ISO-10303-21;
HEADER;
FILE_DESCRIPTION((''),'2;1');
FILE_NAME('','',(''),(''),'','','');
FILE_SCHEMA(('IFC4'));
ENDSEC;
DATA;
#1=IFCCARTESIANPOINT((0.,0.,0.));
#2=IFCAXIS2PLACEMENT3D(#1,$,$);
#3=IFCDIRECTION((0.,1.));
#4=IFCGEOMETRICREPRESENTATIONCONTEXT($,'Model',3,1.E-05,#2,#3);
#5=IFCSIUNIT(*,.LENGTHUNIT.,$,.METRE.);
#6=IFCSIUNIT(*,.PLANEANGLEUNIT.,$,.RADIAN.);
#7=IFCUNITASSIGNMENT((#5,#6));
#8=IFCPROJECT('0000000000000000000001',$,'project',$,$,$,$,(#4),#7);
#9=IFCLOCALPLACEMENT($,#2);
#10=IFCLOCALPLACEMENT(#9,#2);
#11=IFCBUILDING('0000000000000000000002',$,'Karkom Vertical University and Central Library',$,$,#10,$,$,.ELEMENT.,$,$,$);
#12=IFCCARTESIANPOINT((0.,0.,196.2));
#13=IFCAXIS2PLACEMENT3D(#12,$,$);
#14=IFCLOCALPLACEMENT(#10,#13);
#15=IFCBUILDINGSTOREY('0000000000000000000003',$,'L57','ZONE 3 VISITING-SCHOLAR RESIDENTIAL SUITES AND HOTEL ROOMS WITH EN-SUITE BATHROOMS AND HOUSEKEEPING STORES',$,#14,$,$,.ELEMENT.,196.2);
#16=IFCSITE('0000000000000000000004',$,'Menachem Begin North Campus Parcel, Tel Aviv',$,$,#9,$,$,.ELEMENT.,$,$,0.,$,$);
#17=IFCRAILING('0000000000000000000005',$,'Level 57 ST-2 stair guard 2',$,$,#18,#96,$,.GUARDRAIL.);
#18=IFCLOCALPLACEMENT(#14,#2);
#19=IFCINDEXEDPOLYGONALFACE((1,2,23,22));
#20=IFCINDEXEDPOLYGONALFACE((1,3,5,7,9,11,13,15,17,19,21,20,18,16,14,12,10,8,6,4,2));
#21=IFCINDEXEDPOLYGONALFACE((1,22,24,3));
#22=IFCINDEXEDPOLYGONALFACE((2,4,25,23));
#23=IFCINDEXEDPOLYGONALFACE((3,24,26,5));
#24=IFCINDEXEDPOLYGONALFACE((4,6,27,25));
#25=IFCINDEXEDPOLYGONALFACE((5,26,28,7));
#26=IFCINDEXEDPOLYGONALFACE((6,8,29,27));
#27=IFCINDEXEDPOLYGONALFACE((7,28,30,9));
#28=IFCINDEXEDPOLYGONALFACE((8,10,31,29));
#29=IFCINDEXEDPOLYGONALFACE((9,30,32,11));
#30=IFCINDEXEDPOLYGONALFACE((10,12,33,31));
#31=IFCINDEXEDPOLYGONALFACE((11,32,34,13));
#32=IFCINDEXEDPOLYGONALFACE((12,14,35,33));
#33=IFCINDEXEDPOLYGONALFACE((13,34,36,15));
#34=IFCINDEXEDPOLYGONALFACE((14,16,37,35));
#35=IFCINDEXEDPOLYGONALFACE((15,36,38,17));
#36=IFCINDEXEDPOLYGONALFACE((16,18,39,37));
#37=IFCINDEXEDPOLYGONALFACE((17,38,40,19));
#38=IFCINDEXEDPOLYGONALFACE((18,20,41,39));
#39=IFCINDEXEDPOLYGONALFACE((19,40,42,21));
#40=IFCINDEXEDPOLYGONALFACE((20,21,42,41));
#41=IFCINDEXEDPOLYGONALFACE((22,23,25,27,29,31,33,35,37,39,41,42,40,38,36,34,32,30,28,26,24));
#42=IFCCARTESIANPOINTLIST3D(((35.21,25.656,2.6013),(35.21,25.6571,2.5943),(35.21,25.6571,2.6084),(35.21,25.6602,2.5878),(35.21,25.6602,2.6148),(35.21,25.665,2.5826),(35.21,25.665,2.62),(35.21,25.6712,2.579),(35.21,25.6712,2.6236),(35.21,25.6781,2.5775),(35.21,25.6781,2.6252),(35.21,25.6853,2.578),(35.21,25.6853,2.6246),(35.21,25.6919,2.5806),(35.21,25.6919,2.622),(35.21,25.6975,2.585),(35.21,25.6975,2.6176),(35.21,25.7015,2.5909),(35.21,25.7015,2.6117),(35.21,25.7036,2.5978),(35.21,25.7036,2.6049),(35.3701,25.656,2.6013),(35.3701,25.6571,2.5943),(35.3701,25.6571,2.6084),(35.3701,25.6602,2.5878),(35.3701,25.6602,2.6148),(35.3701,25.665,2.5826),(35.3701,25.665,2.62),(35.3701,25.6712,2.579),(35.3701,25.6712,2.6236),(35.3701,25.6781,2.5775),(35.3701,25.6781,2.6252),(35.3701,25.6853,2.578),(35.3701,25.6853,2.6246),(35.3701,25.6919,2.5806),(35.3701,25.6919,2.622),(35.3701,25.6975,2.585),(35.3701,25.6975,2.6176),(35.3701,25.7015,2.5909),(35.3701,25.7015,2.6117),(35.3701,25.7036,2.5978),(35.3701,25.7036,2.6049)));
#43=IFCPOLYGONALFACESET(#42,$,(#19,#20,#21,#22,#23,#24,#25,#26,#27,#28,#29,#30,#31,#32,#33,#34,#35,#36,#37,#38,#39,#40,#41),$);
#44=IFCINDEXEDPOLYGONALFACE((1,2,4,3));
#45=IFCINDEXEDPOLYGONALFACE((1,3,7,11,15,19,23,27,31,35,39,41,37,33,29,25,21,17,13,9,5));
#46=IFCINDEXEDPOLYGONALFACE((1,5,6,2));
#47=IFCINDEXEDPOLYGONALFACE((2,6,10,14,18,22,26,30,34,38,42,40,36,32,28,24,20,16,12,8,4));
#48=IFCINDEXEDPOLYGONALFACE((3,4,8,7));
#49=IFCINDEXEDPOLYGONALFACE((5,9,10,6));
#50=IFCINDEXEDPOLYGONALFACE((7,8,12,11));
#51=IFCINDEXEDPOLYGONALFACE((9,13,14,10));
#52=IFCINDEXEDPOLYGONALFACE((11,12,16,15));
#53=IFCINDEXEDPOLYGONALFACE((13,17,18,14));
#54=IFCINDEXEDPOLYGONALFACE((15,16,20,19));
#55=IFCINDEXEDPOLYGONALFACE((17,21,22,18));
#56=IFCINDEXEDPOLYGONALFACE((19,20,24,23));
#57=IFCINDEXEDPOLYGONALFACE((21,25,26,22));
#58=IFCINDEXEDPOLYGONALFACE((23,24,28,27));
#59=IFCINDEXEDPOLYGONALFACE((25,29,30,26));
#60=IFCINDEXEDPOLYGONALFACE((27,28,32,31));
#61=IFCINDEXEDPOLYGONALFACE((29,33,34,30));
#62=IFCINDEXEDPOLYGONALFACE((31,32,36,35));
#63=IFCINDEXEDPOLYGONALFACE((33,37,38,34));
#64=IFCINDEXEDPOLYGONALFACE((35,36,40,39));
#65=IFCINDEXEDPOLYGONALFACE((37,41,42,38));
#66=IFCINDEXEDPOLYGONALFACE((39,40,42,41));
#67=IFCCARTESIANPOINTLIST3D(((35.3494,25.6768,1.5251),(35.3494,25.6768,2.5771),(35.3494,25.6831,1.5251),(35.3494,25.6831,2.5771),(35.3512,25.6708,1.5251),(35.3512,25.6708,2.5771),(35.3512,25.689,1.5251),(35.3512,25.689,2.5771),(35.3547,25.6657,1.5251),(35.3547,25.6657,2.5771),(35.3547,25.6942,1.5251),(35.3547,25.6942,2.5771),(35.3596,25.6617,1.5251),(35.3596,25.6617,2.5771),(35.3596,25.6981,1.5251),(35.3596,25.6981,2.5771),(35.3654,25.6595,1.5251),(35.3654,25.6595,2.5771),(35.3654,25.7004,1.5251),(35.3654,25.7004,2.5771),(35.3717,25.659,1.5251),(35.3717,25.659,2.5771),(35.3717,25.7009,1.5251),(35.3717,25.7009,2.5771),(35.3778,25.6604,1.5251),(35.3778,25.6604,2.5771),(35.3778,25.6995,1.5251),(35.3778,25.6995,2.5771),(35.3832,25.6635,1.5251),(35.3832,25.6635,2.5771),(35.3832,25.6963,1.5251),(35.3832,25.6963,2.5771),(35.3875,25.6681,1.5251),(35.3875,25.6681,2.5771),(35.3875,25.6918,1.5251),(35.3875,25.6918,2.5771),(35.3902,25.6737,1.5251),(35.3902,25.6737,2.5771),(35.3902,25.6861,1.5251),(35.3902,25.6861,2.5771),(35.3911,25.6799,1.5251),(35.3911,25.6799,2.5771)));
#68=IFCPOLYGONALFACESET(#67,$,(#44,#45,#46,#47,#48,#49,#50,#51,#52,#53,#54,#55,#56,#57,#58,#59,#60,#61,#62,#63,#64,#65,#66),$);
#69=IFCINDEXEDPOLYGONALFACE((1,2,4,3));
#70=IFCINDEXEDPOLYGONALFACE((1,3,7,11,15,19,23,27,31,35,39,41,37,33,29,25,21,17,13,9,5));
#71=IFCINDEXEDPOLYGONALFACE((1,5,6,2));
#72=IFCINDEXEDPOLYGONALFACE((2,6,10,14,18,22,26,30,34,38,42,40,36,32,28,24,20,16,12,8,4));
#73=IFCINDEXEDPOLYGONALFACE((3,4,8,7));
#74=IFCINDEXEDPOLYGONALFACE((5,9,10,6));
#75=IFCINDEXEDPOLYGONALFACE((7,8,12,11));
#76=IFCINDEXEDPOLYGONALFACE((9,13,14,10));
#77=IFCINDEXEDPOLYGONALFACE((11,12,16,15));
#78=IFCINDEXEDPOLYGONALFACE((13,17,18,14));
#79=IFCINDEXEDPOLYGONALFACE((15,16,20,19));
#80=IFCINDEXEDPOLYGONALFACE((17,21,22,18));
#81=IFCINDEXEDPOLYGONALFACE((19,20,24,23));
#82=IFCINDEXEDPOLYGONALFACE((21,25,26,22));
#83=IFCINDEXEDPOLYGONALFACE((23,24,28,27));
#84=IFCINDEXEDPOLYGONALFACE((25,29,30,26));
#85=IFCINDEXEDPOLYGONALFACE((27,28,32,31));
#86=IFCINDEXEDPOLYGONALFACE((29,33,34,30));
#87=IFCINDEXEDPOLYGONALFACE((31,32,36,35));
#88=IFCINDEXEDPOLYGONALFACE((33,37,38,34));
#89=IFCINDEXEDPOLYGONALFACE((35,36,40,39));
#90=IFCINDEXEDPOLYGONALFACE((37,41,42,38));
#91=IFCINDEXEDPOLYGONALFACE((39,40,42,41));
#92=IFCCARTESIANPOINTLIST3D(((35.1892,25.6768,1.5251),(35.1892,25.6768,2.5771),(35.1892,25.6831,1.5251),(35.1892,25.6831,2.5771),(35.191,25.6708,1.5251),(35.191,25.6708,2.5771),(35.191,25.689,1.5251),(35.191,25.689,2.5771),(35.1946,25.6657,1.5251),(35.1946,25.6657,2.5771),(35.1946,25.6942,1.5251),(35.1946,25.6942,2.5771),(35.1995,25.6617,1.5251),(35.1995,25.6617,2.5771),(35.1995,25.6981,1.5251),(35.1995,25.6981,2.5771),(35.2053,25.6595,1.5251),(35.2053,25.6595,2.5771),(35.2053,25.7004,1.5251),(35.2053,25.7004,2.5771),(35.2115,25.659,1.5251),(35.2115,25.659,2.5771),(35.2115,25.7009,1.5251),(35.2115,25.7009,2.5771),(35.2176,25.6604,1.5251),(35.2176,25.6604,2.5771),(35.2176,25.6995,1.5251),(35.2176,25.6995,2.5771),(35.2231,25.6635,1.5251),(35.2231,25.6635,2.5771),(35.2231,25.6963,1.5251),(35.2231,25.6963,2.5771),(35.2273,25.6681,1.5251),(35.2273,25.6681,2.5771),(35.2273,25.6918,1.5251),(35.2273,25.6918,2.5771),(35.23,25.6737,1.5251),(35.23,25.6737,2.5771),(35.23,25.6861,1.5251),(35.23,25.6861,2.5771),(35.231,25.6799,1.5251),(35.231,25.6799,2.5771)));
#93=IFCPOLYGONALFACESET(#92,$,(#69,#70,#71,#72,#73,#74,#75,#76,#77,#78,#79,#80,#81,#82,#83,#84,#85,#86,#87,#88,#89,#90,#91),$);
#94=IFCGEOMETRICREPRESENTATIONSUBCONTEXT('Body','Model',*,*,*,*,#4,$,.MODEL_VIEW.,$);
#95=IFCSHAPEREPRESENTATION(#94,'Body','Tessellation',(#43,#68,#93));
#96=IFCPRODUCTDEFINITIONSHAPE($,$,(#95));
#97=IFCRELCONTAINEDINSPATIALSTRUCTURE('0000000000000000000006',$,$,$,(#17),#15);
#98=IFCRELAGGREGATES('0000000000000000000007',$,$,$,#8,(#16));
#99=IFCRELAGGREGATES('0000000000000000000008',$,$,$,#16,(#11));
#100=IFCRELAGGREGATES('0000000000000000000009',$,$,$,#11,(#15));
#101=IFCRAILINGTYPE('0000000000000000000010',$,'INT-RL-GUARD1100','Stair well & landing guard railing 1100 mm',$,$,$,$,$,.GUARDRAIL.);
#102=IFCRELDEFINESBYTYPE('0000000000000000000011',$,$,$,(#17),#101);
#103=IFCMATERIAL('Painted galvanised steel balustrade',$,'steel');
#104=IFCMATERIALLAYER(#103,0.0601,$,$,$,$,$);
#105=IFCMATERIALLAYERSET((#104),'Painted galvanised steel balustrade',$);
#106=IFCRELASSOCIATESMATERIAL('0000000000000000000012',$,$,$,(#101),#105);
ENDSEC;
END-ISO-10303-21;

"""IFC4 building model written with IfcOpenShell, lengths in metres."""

from ifc_helpers import new_model, si_unit, direction, frame, origin, origin_2d, place, context, subcontext, project, spatial, circle, extrude, material, layer, layer_set, type_object, element, save


model = new_model("IFC4")

# Units and contexts
model_context = context("Model", 3, precision=1e-05, world=origin(), true_north=direction((0.0, 1.0)))
body_context = subcontext(model_context, "Body", "Model", "MODEL_VIEW")
ifc_project = project(units=[si_unit("LENGTHUNIT", "METRE"), si_unit("PLANEANGLEUNIT", "RADIAN")], contexts=[model_context])

# Site, building, storey
site_placement = place(None, origin())
site = spatial("IfcSite", under=ifc_project, at=site_placement, Name="Menachem Begin North Campus Parcel, Tel Aviv", CompositionType="ELEMENT", RefElevation=0.0)
building_placement = place(site_placement, origin())
building = spatial("IfcBuilding", under=site, at=building_placement, Name="Karkom Vertical University and Central Library", CompositionType="ELEMENT")
storey_placement = place(building_placement, frame((0.0, 0.0, 196.2)))
storey = spatial("IfcBuildingStorey", under=building, at=storey_placement, Name="L57", Description="ZONE 3 VISITING-SCHOLAR RESIDENTIAL SUITES AND HOTEL ROOMS WITH EN-SUITE BATHROOMS AND HOUSEKEEPING STORES", CompositionType="ELEMENT", Elevation=196.2)

# Railing
ifc_material_1 = material(Name="Painted galvanised steel balustrade", Category="steel")
ifc_layer_1 = layer(ifc_material_1, 0.0601)
ifc_layer_set_1 = layer_set([ifc_layer_1], Name="Painted galvanised steel balustrade")
railing_type_1 = type_object("IfcRailingType", Name="INT-RL-GUARD1100", Description="Stair well & landing guard railing 1100 mm", PredefinedType="GUARDRAIL", material=ifc_layer_set_1)
railing_1_placement = place(storey_placement, frame((35.3701, 25.6799, 1.5251)))
element("IfcRailing", 1, at=railing_1_placement, inside=storey, type_object=railing_type_1, Name="Level 57 ST-2 stair guard 2", PredefinedType="GUARDRAIL", context=body_context, shape_type="SweptSolid", body=[
    extrude(circle(Radius=0.0239, at=origin_2d()), frame((0.0, 0.0, 1.0762), z_axis=(-1.0, 0.0, 0.0), x_axis=(0.0, -1.0, 0.0)), (0.0, 0.0, 1.0), 0.1602),
    extrude(circle(Radius=0.021, at=origin_2d()), origin(), (0.0, 0.0, 1.0), 1.052),
    extrude(circle(Radius=0.021, at=origin_2d()), frame((-0.1602, 0.0, 0.0)), (0.0, 0.0, 1.0), 1.052),
])

save(model, "model.ifc")
